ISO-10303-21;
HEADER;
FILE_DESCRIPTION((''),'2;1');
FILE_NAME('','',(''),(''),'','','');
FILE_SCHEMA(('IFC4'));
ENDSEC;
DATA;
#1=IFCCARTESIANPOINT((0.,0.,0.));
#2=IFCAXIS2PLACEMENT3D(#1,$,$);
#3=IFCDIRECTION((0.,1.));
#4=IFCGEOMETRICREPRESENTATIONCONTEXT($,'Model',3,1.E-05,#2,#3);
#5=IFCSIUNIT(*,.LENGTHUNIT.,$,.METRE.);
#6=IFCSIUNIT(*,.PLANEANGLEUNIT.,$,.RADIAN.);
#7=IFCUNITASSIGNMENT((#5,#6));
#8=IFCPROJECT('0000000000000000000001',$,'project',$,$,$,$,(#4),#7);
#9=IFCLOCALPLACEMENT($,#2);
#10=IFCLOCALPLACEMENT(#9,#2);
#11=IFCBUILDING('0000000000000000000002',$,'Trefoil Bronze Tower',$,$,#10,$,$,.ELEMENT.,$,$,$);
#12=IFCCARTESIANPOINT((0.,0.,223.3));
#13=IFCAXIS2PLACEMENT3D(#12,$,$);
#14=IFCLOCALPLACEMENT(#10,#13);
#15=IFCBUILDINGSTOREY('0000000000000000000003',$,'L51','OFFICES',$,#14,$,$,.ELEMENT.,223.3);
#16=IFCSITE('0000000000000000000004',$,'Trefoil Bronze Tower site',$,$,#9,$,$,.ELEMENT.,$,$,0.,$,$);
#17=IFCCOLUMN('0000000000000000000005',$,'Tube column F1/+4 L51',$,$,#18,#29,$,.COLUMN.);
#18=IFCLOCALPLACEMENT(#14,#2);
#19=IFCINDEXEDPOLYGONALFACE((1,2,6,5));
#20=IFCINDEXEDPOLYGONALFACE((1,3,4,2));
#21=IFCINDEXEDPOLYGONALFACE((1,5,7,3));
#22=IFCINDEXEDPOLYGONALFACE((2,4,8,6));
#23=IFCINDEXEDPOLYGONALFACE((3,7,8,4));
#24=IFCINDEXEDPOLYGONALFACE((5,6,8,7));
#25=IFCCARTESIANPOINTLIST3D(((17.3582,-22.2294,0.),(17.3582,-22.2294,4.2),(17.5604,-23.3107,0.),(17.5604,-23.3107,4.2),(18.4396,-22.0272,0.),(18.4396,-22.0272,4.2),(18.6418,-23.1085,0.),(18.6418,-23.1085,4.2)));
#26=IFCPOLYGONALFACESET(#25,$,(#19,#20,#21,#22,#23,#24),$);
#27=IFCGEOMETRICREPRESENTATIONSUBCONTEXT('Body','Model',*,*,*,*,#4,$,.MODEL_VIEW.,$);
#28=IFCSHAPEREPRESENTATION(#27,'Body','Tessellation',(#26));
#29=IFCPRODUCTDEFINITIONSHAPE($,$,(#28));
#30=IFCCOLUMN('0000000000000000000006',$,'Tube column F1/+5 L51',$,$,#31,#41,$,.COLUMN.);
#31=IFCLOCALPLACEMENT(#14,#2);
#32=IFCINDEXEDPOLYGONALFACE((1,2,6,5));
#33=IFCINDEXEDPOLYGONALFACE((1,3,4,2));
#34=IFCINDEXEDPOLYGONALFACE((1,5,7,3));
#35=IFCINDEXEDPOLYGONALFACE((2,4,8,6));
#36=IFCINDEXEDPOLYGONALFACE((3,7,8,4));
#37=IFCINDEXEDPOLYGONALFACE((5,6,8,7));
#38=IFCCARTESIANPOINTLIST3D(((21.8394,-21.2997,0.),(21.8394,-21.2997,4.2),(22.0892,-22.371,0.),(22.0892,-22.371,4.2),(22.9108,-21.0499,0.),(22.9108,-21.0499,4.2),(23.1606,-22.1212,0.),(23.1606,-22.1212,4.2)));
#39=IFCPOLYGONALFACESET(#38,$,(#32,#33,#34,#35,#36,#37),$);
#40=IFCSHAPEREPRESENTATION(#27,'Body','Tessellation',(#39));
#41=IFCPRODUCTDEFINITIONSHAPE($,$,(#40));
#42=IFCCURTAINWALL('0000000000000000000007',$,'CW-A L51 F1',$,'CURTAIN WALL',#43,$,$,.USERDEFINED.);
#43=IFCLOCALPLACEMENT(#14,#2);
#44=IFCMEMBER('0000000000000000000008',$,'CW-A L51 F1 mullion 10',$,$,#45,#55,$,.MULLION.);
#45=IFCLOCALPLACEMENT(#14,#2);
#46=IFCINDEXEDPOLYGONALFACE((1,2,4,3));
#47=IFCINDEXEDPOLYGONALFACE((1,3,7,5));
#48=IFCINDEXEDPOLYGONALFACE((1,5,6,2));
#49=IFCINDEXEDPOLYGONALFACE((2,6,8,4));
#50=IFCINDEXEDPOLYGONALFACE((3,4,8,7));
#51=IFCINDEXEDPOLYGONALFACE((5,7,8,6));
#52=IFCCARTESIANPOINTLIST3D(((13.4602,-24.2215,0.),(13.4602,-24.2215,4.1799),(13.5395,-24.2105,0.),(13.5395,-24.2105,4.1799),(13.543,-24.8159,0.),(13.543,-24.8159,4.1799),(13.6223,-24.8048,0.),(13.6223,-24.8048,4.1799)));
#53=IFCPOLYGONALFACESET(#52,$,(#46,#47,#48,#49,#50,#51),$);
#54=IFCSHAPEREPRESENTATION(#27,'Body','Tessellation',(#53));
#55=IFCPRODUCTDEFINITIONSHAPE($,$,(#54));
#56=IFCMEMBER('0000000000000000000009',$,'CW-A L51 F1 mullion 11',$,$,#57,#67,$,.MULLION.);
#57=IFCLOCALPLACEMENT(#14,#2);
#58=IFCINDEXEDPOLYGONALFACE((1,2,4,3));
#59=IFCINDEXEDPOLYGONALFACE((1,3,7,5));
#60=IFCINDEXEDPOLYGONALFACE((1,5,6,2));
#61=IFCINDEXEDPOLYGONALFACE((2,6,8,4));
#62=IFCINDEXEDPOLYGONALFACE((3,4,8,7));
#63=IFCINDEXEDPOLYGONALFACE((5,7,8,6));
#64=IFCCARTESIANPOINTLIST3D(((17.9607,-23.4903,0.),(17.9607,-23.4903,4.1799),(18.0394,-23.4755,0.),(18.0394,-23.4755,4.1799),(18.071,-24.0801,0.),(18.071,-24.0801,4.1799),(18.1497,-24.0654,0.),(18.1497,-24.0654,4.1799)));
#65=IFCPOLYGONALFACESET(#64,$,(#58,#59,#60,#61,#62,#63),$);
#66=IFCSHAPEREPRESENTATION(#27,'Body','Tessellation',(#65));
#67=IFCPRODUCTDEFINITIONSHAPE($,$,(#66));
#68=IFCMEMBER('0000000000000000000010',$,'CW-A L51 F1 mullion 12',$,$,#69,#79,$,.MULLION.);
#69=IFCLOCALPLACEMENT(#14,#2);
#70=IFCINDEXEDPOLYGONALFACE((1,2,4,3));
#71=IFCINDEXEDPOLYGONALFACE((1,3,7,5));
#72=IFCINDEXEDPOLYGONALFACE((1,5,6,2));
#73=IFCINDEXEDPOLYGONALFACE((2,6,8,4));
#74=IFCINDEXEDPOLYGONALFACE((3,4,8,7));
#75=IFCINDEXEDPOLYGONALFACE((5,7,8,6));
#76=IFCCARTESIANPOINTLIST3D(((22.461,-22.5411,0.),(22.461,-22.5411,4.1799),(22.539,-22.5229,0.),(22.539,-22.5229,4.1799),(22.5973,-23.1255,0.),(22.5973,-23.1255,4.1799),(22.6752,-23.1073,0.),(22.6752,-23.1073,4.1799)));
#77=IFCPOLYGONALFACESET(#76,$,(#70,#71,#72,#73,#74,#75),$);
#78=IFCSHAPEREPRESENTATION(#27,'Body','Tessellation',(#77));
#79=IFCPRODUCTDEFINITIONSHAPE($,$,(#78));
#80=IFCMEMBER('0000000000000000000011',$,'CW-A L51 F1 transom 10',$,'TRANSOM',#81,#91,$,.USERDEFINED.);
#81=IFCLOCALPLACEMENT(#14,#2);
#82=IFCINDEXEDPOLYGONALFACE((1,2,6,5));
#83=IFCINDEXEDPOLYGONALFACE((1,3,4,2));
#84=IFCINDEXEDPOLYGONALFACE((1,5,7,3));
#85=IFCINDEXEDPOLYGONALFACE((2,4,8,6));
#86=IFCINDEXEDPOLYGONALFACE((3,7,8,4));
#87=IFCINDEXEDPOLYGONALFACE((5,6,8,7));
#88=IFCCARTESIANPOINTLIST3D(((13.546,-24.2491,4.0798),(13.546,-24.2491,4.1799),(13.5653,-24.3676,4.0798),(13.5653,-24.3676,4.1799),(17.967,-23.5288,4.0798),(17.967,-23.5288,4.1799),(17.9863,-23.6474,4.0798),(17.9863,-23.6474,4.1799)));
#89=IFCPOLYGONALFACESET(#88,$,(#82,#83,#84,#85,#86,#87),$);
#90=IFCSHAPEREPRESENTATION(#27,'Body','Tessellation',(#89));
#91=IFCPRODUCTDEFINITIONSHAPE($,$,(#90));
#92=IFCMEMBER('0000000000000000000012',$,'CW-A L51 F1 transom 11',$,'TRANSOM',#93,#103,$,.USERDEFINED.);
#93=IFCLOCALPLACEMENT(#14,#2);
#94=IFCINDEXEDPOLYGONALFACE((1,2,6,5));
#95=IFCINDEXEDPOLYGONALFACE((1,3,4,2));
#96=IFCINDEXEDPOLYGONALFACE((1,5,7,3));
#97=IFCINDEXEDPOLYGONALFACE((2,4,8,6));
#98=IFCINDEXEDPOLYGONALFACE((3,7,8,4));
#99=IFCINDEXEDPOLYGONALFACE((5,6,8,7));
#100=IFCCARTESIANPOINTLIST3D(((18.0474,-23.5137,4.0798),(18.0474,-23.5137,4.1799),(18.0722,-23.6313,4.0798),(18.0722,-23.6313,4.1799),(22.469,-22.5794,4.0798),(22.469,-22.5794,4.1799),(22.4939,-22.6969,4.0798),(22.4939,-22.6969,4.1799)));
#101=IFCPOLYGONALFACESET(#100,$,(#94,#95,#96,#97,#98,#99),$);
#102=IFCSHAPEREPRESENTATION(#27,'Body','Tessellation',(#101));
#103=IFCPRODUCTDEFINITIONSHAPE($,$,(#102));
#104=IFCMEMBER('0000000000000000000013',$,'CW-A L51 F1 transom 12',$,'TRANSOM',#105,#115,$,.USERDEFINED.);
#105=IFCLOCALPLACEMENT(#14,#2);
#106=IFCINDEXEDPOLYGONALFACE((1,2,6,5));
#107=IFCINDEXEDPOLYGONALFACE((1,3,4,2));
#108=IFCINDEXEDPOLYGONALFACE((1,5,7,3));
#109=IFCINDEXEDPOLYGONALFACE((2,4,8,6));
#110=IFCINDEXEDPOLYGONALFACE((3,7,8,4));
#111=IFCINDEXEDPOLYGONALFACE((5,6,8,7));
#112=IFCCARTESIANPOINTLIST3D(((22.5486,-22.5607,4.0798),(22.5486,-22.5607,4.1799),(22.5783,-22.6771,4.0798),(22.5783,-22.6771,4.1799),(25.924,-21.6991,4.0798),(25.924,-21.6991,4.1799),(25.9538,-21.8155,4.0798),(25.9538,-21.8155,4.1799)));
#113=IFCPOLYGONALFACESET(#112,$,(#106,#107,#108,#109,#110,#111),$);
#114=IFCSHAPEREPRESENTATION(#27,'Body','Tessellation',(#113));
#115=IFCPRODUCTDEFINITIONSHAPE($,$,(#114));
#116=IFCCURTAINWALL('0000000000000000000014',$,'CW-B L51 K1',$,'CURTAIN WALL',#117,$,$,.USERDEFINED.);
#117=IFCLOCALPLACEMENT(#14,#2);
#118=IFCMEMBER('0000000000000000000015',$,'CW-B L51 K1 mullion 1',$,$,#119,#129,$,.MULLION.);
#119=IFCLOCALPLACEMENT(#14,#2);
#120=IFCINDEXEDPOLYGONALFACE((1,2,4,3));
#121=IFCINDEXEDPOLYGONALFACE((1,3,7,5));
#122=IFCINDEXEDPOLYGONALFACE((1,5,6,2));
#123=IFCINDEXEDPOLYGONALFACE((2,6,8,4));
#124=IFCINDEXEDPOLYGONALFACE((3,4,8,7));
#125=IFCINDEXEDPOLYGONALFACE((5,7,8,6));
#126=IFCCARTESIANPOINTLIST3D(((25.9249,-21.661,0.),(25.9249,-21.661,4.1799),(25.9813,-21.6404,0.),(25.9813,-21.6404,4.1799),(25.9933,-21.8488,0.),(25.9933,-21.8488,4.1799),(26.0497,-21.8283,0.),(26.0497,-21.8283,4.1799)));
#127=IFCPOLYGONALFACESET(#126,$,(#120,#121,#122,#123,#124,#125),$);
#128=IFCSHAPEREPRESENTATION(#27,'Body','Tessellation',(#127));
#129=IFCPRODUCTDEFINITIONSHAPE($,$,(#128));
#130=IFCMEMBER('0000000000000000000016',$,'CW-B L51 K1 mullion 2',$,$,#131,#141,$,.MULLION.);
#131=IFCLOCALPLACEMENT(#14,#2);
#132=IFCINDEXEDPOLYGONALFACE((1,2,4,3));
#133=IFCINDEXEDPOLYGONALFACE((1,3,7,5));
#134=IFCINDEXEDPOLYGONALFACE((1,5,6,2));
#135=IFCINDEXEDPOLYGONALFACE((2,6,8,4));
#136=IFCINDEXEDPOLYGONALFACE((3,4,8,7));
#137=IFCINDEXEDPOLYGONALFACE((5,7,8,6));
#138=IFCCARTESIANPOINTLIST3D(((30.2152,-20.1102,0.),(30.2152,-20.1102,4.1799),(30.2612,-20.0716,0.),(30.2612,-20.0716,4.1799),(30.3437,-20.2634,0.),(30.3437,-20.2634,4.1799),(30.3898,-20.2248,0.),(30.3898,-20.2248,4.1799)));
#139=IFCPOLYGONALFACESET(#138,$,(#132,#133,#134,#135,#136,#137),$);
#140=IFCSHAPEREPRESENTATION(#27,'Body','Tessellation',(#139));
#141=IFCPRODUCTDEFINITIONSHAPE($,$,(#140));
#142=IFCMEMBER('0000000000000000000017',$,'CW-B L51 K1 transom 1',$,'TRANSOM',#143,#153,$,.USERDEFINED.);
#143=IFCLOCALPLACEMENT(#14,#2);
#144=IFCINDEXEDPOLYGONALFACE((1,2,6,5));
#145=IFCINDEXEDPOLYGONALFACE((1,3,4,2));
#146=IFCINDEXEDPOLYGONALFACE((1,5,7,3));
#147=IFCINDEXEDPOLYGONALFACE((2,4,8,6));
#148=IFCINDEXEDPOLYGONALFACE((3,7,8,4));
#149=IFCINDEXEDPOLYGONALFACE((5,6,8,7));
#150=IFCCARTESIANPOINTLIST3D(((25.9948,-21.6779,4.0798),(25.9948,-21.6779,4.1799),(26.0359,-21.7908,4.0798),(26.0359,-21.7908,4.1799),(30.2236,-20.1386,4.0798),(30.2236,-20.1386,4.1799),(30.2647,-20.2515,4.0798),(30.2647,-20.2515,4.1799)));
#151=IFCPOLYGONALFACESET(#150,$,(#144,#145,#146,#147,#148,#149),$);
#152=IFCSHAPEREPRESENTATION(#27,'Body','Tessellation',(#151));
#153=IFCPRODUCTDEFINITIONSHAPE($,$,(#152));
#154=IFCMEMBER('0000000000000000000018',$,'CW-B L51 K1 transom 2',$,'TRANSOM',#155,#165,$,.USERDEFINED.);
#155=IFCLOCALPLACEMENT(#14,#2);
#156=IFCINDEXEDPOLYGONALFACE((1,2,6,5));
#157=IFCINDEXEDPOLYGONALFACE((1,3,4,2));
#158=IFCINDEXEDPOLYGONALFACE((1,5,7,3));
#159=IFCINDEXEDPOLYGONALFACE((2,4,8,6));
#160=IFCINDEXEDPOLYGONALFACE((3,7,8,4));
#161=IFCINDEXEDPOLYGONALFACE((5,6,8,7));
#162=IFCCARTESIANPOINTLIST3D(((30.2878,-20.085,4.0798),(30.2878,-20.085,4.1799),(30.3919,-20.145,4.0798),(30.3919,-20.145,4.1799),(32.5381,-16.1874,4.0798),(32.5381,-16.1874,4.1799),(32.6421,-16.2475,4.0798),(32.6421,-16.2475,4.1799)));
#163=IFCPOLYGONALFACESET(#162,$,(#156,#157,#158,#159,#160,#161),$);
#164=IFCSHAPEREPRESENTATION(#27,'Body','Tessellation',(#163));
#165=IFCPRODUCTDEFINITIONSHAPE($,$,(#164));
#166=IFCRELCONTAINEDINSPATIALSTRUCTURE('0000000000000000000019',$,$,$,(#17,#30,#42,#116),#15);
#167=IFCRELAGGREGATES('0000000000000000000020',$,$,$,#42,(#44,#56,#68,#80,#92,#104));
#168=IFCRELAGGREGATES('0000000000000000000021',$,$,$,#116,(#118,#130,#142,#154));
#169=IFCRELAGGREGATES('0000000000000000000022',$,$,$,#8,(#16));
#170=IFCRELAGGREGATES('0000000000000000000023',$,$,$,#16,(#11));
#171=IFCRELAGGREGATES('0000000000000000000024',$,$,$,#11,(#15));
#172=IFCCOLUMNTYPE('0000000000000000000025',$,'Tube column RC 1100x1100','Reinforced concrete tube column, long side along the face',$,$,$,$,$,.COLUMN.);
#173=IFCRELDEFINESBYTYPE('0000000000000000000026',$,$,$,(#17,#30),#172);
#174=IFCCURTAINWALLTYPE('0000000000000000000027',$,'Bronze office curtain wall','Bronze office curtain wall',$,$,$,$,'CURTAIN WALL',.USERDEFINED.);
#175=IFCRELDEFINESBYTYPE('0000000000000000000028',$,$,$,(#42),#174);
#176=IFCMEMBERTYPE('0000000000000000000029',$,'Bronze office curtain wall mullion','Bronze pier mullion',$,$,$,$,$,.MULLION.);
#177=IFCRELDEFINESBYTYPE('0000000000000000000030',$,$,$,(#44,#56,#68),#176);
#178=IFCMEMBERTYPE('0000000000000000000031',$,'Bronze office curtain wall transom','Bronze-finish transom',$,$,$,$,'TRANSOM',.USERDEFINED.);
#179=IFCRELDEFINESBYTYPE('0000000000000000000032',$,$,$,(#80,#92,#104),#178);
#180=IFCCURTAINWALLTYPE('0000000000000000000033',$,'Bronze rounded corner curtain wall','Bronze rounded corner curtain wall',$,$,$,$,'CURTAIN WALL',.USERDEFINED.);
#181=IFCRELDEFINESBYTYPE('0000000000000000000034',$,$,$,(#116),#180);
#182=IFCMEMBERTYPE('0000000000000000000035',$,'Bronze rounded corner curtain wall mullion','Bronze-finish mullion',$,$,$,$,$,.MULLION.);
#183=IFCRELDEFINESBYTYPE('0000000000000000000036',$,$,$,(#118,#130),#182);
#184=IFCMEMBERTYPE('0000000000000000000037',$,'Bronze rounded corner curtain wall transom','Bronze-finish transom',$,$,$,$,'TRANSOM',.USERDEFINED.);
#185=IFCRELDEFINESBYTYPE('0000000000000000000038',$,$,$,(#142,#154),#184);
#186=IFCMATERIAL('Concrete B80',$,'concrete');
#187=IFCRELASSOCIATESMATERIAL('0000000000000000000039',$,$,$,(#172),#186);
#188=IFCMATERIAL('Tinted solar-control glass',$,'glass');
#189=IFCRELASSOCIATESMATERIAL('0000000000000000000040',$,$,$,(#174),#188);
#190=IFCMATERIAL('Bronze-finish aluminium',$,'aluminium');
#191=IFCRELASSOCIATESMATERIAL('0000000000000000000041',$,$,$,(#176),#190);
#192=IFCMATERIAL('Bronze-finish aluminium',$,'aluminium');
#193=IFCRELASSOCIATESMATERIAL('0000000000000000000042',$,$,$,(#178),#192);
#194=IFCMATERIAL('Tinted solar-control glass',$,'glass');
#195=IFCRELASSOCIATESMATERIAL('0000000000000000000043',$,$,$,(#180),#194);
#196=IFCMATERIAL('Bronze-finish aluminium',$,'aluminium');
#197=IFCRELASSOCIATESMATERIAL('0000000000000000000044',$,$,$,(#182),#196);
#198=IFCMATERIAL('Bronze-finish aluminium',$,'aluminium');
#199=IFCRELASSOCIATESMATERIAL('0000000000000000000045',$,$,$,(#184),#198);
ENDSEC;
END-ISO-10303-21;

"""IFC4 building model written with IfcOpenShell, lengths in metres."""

from ifc_helpers import new_model, si_unit, direction, frame, origin, origin_2d, place, context, subcontext, project, spatial, rectangle, extrude, material, material_profile, profile_set, type_object, element, aggregate, save


model = new_model("IFC4")

# Units and contexts
model_context = context("Model", 3, precision=1e-05, world=origin(), true_north=direction((0.0, 1.0)))
body_context = subcontext(model_context, "Body", "Model", "MODEL_VIEW")
ifc_project = project(units=[si_unit("LENGTHUNIT", "METRE"), si_unit("PLANEANGLEUNIT", "RADIAN")], contexts=[model_context])

# Site, building, storey
site_placement = place(None, origin())
site = spatial("IfcSite", under=ifc_project, at=site_placement, Name="Trefoil Bronze Tower site", CompositionType="ELEMENT", RefElevation=0.0)
building_placement = place(site_placement, origin())
building = spatial("IfcBuilding", under=site, at=building_placement, Name="Trefoil Bronze Tower", CompositionType="ELEMENT")
storey_placement = place(building_placement, frame((0.0, 0.0, 223.3)))
storey = spatial("IfcBuildingStorey", under=building, at=storey_placement, Name="L51", Description="OFFICES", CompositionType="ELEMENT", Elevation=223.3)

# Columns
ifc_material_1 = material(Name="Concrete B80", Category="concrete")
ifc_material_profile_1 = material_profile(ifc_material_1, rectangle(XDim=1.1001, YDim=1.1001, at=origin_2d()), Name="RC 1100x1100")
ifc_profile_set_1 = profile_set([ifc_material_profile_1], Name="Concrete B80")
column_type = type_object("IfcColumnType", Name="Tube column RC 1100x1100", Description="Reinforced concrete tube column, long side along the face", PredefinedType="COLUMN", material=ifc_profile_set_1)
for number, where, z_axis, x_axis, name in (
    (1, (18.0, -22.6689, 0.0), (0.0, 0.0, 1.0), (0.982959, 0.183825, 0.0), "Tube column F1/+4 L51"),
    (2, (22.5, -21.7104, 0.0), (0.0, 0.0, 1.0), (0.973875, 0.227083, 0.0), "Tube column F1/+5 L51"),
):
    element("IfcColumn", number, at=place(storey_placement, frame(where, z_axis=z_axis, x_axis=x_axis)), inside=storey, type_object=column_type, Name=name, PredefinedType="COLUMN", context=body_context, shape_type="SweptSolid", body=[
        extrude(rectangle(XDim=1.1001, YDim=1.1001, at=origin_2d()), origin(), (0.0, 0.0, 1.0), 4.2),
    ])

# Curtain walls, members
ifc_material_2 = material(Name="Tinted solar-control glass", Category="glass")
curtain_wall_type_1 = type_object("IfcCurtainWallType", Name="Bronze office curtain wall", Description="Bronze office curtain wall", ElementType="CURTAIN WALL", PredefinedType="USERDEFINED", material=ifc_material_2)
curtain_wall_1_placement = place(storey_placement, origin())
curtain_wall_1 = element("IfcCurtainWall", 3, at=curtain_wall_1_placement, inside=storey, type_object=curtain_wall_type_1, Name="CW-A L51 F1", ObjectType="CURTAIN WALL", PredefinedType="USERDEFINED")
ifc_material_3 = material(Name="Bronze-finish aluminium", Category="aluminium")
ifc_material_profile_2 = material_profile(ifc_material_3, rectangle(XDim=0.6001, YDim=0.0801, at=origin_2d()), Name="CW-A mullion")
ifc_profile_set_2 = profile_set([ifc_material_profile_2], Name="Bronze-finish aluminium")
member_type_1 = type_object("IfcMemberType", Name="Bronze office curtain wall mullion", Description="Bronze pier mullion", PredefinedType="MULLION", material=ifc_profile_set_2)
member_1_placement = place(storey_placement, frame((13.5413, -24.5132, 0.0), z_axis=(0.0, 0.0, 1.0), x_axis=(-0.137868, 0.990451, 0.0)))
member_1 = element("IfcMember", 4, at=member_1_placement, type_object=member_type_1, Name="CW-A L51 F1 mullion 10", PredefinedType="MULLION", context=body_context, shape_type="SweptSolid", body=[
    extrude(rectangle(XDim=0.6001, YDim=0.0801, at=origin_2d()), origin(), (0.0, 0.0, 1.0), 4.1799),
])
member_2_placement = place(storey_placement, frame((18.0552, -23.7778, 0.0), z_axis=(0.0, 0.0, 1.0), x_axis=(-0.183825, 0.982959, 0.0)))
member_2 = element("IfcMember", 5, at=member_2_placement, type_object=member_type_1, Name="CW-A L51 F1 mullion 11", PredefinedType="MULLION", context=body_context, shape_type="SweptSolid", body=[
    extrude(rectangle(XDim=0.6001, YDim=0.0801, at=origin_2d()), origin(), (0.0, 0.0, 1.0), 4.1799),
])
member_3_placement = place(storey_placement, frame((22.5681, -22.8242, 0.0), z_axis=(0.0, 0.0, 1.0), x_axis=(-0.227083, 0.973875, 0.0)))
member_3 = element("IfcMember", 6, at=member_3_placement, type_object=member_type_1, Name="CW-A L51 F1 mullion 12", PredefinedType="MULLION", context=body_context, shape_type="SweptSolid", body=[
    extrude(rectangle(XDim=0.6001, YDim=0.0801, at=origin_2d()), origin(), (0.0, 0.0, 1.0), 4.1799),
])
ifc_material_4 = material(Name="Bronze-finish aluminium", Category="aluminium")
ifc_material_profile_3 = material_profile(ifc_material_4, rectangle(XDim=0.1201, YDim=0.1001, at=origin_2d()), Name="CW-A transom")
ifc_profile_set_3 = profile_set([ifc_material_profile_3], Name="Bronze-finish aluminium")
member_type_2 = type_object("IfcMemberType", Name="Bronze office curtain wall transom", Description="Bronze-finish transom", ElementType="TRANSOM", PredefinedType="USERDEFINED", material=ifc_profile_set_3)
member_4_placement = place(storey_placement, frame((13.5557, -24.3083, 4.1299), z_axis=(0.986988, 0.160792, 0.0), x_axis=(-0.160792, 0.986988, 0.0)))
member_4 = element("IfcMember", 7, at=member_4_placement, type_object=member_type_2, Name="CW-A L51 F1 transom 10", ObjectType="TRANSOM", PredefinedType="USERDEFINED", context=body_context, shape_type="SweptSolid", body=[
    extrude(rectangle(XDim=0.1201, YDim=0.1001, at=origin_2d()), origin(), (0.0, 0.0, 1.0), 4.4792),
])
member_5_placement = place(storey_placement, frame((18.0598, -23.5725, 4.1299), z_axis=(0.978395, 0.206743, 0.0), x_axis=(-0.206743, 0.978395, 0.0)))
member_5 = element("IfcMember", 8, at=member_5_placement, type_object=member_type_2, Name="CW-A L51 F1 transom 11", ObjectType="TRANSOM", PredefinedType="USERDEFINED", context=body_context, shape_type="SweptSolid", body=[
    extrude(rectangle(XDim=0.1201, YDim=0.1001, at=origin_2d()), origin(), (0.0, 0.0, 1.0), 4.5193),
])
member_6_placement = place(storey_placement, frame((22.5635, -22.6189, 4.1299), z_axis=(0.968935, 0.247315, 0.0), x_axis=(-0.247315, 0.968935, 0.0)))
member_6 = element("IfcMember", 9, at=member_6_placement, type_object=member_type_2, Name="CW-A L51 F1 transom 12", ObjectType="TRANSOM", PredefinedType="USERDEFINED", context=body_context, shape_type="SweptSolid", body=[
    extrude(rectangle(XDim=0.1201, YDim=0.1001, at=origin_2d()), origin(), (0.0, 0.0, 1.0), 3.4836),
])
ifc_material_5 = material(Name="Tinted solar-control glass", Category="glass")
curtain_wall_type_2 = type_object("IfcCurtainWallType", Name="Bronze rounded corner curtain wall", Description="Bronze rounded corner curtain wall", ElementType="CURTAIN WALL", PredefinedType="USERDEFINED", material=ifc_material_5)
curtain_wall_2_placement = place(storey_placement, origin())
curtain_wall_2 = element("IfcCurtainWall", 10, at=curtain_wall_2_placement, inside=storey, type_object=curtain_wall_type_2, Name="CW-B L51 K1", ObjectType="CURTAIN WALL", PredefinedType="USERDEFINED")
ifc_material_6 = material(Name="Bronze-finish aluminium", Category="aluminium")
ifc_material_profile_4 = material_profile(ifc_material_6, rectangle(XDim=0.2, YDim=0.0601, at=origin_2d()), Name="CW-B mullion")
ifc_profile_set_4 = profile_set([ifc_material_profile_4], Name="Bronze-finish aluminium")
member_type_3 = type_object("IfcMemberType", Name="Bronze rounded corner curtain wall mullion", Description="Bronze-finish mullion", PredefinedType="MULLION", material=ifc_profile_set_4)
member_7_placement = place(storey_placement, frame((25.9873, -21.7446, 0.0), z_axis=(0.0, 0.0, 1.0), x_axis=(-0.34202, 0.939693, 0.0)))
member_7 = element("IfcMember", 11, at=member_7_placement, type_object=member_type_3, Name="CW-B L51 K1 mullion 1", PredefinedType="MULLION", context=body_context, shape_type="SweptSolid", body=[
    extrude(rectangle(XDim=0.2, YDim=0.0601, at=origin_2d()), origin(), (0.0, 0.0, 1.0), 4.1799),
])
member_8_placement = place(storey_placement, frame((30.3025, -20.1675, 0.0), z_axis=(0.0, 0.0, 1.0), x_axis=(-0.642788, 0.766044, 0.0)))
member_8 = element("IfcMember", 12, at=member_8_placement, type_object=member_type_3, Name="CW-B L51 K1 mullion 2", PredefinedType="MULLION", context=body_context, shape_type="SweptSolid", body=[
    extrude(rectangle(XDim=0.2, YDim=0.0601, at=origin_2d()), origin(), (0.0, 0.0, 1.0), 4.1799),
])
ifc_material_7 = material(Name="Bronze-finish aluminium", Category="aluminium")
ifc_material_profile_5 = material_profile(ifc_material_7, rectangle(XDim=0.1201, YDim=0.1001, at=origin_2d()), Name="CW-B transom")
ifc_profile_set_5 = profile_set([ifc_material_profile_5], Name="Bronze-finish aluminium")
member_type_4 = type_object("IfcMemberType", Name="Bronze rounded corner curtain wall transom", Description="Bronze-finish transom", ElementType="TRANSOM", PredefinedType="USERDEFINED", material=ifc_profile_set_5)
member_9_placement = place(storey_placement, frame((26.0154, -21.7344, 4.1299), z_axis=(0.939681, 0.342052, 0.0), x_axis=(-0.342052, 0.939681, 0.0)))
member_9 = element("IfcMember", 13, at=member_9_placement, type_object=member_type_4, Name="CW-B L51 K1 transom 1", ObjectType="TRANSOM", PredefinedType="USERDEFINED", context=body_context, shape_type="SweptSolid", body=[
    extrude(rectangle(XDim=0.1201, YDim=0.1001, at=origin_2d()), origin(), (0.0, 0.0, 1.0), 4.5002),
])
member_10_placement = place(storey_placement, frame((30.3398, -20.115, 4.1299), z_axis=(0.500007, 0.866021, 0.0), x_axis=(-0.866021, 0.500007, 0.0)))
member_10 = element("IfcMember", 14, at=member_10_placement, type_object=member_type_4, Name="CW-B L51 K1 transom 2", ObjectType="TRANSOM", PredefinedType="USERDEFINED", context=body_context, shape_type="SweptSolid", body=[
    extrude(rectangle(XDim=0.1201, YDim=0.1001, at=origin_2d()), origin(), (0.0, 0.0, 1.0), 4.5005),
])

aggregate(curtain_wall_1, [member_1, member_2, member_3, member_4, member_5, member_6])
aggregate(curtain_wall_2, [member_7, member_8, member_9, member_10])

save(model, "model.ifc")
